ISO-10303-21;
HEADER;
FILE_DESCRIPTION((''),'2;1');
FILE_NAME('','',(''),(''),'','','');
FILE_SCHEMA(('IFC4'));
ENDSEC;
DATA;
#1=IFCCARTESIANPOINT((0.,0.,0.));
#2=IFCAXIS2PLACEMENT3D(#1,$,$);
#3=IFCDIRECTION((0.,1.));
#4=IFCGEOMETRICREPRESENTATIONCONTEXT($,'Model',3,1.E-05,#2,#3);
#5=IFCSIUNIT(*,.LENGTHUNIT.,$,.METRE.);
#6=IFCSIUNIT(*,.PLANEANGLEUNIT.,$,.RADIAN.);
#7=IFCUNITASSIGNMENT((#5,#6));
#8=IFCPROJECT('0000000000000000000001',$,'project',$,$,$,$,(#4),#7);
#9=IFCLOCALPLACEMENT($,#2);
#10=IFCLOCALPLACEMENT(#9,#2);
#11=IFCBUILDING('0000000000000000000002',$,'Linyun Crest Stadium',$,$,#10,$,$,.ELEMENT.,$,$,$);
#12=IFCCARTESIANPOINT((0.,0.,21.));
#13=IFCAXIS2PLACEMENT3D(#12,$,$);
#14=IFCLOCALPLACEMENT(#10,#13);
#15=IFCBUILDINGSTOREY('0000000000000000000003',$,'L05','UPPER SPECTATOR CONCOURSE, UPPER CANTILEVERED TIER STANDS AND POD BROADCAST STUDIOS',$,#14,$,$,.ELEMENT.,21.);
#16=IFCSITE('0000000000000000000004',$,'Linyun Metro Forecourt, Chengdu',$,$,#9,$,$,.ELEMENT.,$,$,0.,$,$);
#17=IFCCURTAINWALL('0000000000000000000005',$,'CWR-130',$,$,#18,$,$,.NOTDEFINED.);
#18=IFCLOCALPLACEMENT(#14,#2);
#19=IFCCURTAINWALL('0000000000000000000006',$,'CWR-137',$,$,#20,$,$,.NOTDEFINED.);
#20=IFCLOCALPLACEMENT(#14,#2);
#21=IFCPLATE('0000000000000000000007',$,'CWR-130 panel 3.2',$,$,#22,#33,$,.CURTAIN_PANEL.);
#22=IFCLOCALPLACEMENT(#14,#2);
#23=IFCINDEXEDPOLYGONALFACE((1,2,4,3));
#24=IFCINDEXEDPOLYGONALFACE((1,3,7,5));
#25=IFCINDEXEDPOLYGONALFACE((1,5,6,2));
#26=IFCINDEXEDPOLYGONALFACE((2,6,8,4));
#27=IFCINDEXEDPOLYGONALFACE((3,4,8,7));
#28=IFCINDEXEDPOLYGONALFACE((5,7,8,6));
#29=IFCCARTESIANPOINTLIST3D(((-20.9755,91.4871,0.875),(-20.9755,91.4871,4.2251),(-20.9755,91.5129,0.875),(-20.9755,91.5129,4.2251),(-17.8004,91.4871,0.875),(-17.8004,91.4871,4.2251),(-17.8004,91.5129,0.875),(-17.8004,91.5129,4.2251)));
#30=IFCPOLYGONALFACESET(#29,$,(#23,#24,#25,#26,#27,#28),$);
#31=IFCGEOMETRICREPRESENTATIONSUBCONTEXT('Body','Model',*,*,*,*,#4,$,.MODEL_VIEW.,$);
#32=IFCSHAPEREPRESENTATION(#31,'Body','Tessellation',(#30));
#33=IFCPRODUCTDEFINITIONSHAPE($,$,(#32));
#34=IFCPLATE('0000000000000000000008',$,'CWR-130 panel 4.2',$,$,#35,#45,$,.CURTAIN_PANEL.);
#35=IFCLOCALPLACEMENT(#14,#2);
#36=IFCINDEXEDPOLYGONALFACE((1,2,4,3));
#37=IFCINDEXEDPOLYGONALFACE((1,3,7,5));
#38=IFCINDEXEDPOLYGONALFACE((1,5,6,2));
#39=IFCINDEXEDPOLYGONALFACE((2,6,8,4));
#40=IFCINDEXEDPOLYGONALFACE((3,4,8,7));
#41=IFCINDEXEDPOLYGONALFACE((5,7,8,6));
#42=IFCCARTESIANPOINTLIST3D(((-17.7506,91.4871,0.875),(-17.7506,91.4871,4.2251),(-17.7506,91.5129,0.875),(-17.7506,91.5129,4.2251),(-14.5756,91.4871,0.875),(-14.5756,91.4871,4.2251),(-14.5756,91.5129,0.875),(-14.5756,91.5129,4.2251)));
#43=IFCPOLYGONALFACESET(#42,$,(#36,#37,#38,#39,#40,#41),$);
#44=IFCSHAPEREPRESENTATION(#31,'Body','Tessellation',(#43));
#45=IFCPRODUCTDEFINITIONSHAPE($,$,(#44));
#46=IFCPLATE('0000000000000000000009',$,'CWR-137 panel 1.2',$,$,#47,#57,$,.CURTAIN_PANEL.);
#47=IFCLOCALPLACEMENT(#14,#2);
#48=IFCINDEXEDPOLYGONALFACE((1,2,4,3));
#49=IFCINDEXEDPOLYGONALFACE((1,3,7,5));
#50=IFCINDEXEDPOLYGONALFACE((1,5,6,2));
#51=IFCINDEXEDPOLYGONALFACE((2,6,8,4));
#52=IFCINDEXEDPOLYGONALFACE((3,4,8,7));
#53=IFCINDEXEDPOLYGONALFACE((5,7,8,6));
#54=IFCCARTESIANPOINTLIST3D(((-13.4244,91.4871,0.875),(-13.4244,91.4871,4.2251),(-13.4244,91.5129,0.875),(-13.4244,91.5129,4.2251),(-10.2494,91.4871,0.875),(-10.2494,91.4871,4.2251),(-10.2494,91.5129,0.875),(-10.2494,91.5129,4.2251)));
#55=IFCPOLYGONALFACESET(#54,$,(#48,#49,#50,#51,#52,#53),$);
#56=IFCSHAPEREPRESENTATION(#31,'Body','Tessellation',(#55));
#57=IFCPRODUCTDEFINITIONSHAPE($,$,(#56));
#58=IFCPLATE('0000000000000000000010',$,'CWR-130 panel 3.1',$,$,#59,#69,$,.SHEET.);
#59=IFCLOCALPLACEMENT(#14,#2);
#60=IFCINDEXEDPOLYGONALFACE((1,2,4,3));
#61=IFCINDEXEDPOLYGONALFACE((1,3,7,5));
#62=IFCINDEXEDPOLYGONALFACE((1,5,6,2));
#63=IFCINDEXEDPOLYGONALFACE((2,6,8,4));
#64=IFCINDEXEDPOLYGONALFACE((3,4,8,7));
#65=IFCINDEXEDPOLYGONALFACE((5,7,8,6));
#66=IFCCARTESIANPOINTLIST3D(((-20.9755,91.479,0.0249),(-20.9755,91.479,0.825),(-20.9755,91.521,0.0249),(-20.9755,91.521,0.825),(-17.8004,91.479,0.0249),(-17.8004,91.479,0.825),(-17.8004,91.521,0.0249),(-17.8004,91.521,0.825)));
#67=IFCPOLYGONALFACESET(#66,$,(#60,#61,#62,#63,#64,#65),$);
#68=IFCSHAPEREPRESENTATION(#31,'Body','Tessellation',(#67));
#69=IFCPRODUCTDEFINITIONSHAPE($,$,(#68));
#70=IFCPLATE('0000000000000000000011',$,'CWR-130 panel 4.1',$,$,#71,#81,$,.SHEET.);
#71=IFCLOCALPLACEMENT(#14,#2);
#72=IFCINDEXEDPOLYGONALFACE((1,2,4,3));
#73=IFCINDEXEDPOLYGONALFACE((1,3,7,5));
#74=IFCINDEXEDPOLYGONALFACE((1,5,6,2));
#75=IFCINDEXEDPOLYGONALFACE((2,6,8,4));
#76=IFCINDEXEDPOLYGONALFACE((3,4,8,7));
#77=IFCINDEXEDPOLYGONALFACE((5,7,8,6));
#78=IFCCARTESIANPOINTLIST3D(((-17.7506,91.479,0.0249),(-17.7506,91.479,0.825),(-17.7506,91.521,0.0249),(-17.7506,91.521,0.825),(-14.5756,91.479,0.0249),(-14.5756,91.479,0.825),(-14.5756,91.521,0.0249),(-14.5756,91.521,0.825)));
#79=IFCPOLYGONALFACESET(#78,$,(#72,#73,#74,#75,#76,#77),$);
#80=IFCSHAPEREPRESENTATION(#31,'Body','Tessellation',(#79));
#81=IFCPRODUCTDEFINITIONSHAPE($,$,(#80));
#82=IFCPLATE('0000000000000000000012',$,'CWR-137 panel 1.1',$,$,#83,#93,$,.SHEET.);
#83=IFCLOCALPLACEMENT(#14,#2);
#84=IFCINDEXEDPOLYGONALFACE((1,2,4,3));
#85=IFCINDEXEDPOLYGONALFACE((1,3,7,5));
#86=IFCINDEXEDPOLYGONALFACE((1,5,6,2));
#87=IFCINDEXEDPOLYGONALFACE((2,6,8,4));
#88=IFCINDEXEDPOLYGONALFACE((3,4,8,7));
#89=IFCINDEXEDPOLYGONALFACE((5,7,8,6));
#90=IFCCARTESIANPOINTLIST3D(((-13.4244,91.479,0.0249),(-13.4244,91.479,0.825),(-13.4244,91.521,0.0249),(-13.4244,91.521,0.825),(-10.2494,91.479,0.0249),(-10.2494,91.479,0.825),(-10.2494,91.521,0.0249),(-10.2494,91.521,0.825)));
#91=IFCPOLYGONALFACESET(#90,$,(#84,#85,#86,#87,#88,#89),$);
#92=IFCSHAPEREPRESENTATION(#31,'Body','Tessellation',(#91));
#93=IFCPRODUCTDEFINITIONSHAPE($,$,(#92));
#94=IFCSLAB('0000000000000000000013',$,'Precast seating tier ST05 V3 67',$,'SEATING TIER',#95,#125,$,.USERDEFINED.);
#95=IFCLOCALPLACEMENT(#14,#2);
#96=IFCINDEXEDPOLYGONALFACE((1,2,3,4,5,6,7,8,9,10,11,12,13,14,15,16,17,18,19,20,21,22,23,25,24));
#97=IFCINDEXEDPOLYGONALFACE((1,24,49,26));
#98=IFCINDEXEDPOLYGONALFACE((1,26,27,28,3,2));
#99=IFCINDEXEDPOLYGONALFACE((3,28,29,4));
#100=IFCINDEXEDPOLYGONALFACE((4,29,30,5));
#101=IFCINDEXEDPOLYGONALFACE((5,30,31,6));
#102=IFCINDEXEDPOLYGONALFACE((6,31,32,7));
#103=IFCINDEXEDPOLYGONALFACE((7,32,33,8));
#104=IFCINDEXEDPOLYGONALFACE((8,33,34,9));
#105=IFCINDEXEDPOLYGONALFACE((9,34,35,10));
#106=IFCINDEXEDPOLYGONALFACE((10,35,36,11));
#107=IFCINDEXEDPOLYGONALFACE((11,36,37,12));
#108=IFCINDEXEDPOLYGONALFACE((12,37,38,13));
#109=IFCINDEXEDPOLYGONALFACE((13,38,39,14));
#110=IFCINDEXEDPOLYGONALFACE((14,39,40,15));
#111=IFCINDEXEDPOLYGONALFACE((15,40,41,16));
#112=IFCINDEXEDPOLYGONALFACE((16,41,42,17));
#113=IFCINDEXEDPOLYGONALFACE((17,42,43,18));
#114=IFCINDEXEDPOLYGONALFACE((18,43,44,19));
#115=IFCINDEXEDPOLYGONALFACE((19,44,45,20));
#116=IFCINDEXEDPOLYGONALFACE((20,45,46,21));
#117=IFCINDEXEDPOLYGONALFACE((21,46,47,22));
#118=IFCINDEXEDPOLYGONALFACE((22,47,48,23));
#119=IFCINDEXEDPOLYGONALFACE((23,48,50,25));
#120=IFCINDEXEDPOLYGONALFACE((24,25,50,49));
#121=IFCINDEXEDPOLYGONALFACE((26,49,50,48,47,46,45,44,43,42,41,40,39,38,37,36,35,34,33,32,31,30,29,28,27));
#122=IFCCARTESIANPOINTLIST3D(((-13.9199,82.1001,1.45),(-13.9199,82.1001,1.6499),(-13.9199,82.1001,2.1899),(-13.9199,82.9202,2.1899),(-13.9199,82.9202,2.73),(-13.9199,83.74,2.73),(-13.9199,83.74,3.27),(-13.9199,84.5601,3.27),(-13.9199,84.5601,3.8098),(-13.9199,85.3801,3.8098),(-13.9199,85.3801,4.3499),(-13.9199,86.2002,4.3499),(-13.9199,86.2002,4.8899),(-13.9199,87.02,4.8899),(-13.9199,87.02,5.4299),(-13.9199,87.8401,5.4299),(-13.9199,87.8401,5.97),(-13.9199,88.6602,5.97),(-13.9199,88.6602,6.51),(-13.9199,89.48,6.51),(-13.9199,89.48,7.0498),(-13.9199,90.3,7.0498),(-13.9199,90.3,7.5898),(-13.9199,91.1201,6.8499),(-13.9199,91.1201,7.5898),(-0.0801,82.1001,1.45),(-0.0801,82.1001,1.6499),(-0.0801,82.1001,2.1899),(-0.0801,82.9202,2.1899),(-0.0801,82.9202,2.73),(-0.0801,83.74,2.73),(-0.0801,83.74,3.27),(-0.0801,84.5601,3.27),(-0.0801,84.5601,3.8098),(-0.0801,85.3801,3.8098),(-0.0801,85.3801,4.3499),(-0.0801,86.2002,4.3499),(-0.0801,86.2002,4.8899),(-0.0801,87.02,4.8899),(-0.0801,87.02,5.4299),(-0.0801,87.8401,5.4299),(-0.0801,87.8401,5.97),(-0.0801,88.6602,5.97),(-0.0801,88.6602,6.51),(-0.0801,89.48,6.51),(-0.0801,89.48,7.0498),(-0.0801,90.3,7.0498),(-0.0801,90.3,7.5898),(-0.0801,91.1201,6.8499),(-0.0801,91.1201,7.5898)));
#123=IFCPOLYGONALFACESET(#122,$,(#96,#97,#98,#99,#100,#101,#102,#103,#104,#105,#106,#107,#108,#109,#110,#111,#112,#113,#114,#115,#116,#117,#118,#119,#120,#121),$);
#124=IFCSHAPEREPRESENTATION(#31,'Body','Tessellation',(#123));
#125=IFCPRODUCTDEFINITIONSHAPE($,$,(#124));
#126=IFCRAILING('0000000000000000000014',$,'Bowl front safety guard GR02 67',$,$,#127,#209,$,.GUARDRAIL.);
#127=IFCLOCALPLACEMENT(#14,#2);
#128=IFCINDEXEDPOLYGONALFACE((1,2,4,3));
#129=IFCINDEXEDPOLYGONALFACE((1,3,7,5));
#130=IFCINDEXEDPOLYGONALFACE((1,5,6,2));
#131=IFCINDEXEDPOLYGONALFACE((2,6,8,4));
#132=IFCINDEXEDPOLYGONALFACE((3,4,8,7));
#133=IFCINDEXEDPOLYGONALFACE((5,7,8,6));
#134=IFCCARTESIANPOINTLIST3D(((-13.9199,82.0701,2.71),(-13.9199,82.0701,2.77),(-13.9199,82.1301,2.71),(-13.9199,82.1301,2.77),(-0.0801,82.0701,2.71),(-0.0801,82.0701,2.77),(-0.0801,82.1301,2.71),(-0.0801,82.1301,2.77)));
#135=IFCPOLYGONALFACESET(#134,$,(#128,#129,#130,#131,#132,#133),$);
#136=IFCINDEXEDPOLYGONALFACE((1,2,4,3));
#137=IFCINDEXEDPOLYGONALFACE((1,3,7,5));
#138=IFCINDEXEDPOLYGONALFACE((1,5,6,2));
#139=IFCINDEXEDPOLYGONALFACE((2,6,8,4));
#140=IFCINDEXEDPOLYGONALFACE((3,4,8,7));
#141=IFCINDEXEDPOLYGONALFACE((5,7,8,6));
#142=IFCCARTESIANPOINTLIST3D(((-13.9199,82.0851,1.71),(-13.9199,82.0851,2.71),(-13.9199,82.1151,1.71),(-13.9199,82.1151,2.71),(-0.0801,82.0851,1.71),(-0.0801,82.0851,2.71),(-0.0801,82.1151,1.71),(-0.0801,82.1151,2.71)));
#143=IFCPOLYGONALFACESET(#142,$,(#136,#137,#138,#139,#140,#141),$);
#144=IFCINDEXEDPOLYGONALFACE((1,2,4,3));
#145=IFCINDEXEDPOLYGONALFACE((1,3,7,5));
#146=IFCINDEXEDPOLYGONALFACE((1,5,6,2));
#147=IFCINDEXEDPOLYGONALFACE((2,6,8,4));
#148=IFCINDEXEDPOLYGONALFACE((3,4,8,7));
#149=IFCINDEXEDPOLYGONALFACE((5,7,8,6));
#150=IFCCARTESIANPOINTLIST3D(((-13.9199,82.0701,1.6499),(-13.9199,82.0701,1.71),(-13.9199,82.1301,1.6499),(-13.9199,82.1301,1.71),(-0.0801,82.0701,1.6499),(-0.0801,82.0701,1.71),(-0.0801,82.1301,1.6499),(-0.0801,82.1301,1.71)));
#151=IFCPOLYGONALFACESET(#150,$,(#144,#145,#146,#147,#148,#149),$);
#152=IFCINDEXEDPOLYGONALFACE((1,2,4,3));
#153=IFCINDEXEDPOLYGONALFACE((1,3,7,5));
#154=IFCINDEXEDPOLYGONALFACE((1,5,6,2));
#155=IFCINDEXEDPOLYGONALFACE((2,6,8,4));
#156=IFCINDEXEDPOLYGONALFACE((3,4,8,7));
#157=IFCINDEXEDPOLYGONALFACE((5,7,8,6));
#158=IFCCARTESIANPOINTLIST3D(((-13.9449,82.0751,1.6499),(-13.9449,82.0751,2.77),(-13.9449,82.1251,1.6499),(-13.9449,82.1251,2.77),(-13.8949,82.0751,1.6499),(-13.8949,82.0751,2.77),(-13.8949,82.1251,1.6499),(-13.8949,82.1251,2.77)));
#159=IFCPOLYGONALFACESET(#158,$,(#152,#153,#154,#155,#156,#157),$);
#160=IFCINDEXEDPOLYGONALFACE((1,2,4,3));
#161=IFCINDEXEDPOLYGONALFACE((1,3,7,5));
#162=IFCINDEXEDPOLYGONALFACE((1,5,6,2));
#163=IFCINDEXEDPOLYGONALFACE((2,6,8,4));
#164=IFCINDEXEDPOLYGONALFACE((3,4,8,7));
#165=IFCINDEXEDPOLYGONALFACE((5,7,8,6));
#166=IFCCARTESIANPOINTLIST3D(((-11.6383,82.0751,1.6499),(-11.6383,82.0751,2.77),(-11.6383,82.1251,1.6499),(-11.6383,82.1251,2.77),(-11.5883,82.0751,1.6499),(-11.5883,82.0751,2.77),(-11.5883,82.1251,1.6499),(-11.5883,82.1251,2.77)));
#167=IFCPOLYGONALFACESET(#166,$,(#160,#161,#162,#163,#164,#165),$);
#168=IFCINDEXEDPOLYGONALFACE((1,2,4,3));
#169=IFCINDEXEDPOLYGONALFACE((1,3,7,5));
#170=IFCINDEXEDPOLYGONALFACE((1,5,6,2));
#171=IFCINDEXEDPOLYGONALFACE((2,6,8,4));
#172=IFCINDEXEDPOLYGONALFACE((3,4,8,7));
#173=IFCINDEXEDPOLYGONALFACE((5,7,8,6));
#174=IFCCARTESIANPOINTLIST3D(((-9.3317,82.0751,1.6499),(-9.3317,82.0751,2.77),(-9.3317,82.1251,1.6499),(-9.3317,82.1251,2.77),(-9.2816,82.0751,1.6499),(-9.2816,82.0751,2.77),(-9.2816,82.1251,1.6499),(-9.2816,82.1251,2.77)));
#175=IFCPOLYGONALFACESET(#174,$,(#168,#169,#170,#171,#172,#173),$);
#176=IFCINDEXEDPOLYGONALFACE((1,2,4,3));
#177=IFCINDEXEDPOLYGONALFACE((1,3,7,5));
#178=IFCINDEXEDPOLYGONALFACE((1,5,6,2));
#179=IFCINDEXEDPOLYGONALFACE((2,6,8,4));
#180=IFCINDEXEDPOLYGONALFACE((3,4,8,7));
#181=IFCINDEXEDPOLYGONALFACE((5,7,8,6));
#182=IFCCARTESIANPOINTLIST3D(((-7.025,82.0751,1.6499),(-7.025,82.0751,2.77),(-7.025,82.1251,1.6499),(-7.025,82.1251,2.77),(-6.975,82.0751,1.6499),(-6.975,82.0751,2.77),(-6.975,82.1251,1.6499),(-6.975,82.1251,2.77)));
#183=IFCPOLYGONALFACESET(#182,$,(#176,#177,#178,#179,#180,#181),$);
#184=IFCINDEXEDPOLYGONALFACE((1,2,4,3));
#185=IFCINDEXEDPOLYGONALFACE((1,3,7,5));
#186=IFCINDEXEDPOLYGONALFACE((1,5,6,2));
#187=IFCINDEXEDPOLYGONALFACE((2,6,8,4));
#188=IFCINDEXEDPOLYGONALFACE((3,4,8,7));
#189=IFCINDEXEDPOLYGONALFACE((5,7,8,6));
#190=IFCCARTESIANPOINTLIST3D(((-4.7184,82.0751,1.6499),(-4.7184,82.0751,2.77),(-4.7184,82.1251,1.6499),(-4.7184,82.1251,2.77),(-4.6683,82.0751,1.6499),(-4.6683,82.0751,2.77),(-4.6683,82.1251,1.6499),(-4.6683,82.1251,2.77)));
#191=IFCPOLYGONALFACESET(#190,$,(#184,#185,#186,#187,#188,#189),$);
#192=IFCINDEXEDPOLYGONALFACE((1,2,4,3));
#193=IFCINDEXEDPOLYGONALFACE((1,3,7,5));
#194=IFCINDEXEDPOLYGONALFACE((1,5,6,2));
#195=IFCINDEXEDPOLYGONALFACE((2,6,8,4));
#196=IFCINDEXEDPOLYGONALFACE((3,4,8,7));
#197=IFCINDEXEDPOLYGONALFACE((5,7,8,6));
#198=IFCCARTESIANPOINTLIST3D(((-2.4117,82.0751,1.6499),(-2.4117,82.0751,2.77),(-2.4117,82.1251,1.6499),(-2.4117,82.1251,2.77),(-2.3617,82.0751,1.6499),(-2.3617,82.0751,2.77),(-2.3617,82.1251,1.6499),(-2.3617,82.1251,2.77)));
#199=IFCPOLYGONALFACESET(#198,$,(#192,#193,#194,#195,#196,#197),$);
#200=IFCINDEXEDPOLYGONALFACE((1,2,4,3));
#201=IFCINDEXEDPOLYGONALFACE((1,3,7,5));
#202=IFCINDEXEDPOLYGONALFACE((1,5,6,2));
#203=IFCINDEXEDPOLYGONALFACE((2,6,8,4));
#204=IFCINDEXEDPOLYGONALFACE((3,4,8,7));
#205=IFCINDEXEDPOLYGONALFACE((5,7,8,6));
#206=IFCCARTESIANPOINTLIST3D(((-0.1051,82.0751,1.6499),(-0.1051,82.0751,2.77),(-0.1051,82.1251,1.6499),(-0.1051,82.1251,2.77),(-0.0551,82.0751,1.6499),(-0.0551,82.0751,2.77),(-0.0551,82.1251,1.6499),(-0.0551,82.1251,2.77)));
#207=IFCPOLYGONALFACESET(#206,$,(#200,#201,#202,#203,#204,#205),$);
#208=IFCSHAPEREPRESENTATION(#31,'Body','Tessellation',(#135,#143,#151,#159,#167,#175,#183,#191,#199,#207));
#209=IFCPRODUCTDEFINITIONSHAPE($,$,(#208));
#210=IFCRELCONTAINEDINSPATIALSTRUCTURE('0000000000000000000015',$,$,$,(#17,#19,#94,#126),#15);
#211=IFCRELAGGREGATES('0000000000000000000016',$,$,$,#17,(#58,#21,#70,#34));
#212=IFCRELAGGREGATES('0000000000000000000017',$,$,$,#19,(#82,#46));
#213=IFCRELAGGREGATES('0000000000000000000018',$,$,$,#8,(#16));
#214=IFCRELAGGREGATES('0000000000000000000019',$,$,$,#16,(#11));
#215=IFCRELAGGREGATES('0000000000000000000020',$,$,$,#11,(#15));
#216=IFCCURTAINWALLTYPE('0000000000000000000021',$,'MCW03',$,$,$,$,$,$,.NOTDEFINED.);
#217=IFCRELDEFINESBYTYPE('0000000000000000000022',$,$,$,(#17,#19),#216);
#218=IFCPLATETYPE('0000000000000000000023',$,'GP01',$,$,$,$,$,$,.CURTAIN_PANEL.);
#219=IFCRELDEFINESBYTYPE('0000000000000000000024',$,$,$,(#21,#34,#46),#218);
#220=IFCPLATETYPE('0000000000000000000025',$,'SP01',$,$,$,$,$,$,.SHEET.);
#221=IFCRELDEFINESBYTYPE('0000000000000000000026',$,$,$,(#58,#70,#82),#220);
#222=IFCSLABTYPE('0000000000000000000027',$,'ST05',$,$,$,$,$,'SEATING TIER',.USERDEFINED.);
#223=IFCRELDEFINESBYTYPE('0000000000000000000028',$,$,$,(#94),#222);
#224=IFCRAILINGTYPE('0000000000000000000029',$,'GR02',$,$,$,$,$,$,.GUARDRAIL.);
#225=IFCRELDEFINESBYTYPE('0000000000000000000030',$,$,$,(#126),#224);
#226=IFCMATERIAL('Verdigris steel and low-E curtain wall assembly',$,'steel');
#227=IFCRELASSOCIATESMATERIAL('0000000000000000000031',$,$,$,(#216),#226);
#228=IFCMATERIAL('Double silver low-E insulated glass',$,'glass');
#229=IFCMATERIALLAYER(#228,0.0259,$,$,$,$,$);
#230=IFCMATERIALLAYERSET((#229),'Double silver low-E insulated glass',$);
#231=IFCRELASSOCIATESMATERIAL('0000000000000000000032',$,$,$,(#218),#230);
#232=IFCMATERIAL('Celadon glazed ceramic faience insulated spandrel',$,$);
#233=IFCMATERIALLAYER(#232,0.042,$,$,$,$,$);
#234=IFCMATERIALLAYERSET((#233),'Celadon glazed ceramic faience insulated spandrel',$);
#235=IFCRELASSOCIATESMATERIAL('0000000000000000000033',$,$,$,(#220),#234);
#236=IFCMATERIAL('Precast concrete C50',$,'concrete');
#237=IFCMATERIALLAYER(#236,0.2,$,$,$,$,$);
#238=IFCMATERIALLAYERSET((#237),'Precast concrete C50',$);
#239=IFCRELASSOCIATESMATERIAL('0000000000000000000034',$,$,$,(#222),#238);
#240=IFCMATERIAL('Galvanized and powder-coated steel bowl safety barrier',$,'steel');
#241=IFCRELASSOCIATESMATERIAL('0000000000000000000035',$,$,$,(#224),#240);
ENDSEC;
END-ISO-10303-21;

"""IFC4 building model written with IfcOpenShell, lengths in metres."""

from ifc_helpers import new_model, si_unit, direction, frame, origin, origin_2d, place, context, subcontext, project, spatial, polyline, rectangle, outline, extrude, material, layer, layer_set, type_object, element, aggregate, save


model = new_model("IFC4")

# Units and contexts
model_context = context("Model", 3, precision=1e-05, world=origin(), true_north=direction((0.0, 1.0)))
body_context = subcontext(model_context, "Body", "Model", "MODEL_VIEW")
ifc_project = project(units=[si_unit("LENGTHUNIT", "METRE"), si_unit("PLANEANGLEUNIT", "RADIAN")], contexts=[model_context])

# Site, building, storey
site_placement = place(None, origin())
site = spatial("IfcSite", under=ifc_project, at=site_placement, Name="Linyun Metro Forecourt, Chengdu", CompositionType="ELEMENT", RefElevation=0.0)
building_placement = place(site_placement, origin())
building = spatial("IfcBuilding", under=site, at=building_placement, Name="Linyun Crest Stadium", CompositionType="ELEMENT")
storey_placement = place(building_placement, frame((0.0, 0.0, 21.0)))
storey = spatial("IfcBuildingStorey", under=building, at=storey_placement, Name="L05", Description="UPPER SPECTATOR CONCOURSE, UPPER CANTILEVERED TIER STANDS AND POD BROADCAST STUDIOS", CompositionType="ELEMENT", Elevation=21.0)

# Curtain wall
ifc_material_1 = material(Name="Verdigris steel and low-E curtain wall assembly", Category="steel")
curtain_wall_type = type_object("IfcCurtainWallType", Name="MCW03", PredefinedType="NOTDEFINED", material=ifc_material_1)
curtain_wall_1_placement = place(storey_placement, origin())
curtain_wall_1 = element("IfcCurtainWall", 1, at=curtain_wall_1_placement, inside=storey, type_object=curtain_wall_type, Name="CWR-130", PredefinedType="NOTDEFINED")

# Curtain wall
curtain_wall_2_placement = place(storey_placement, origin())
curtain_wall_2 = element("IfcCurtainWall", 2, at=curtain_wall_2_placement, inside=storey, type_object=curtain_wall_type, Name="CWR-137", PredefinedType="NOTDEFINED")

# Plates
ifc_material_2 = material(Name="Double silver low-E insulated glass", Category="glass")
ifc_layer_1 = layer(ifc_material_2, 0.0259)
ifc_layer_set_1 = layer_set([ifc_layer_1], Name="Double silver low-E insulated glass")
plate_type_1 = type_object("IfcPlateType", Name="GP01", PredefinedType="CURTAIN_PANEL", material=ifc_layer_set_1)
plate_1_placement = place(storey_placement, frame((-19.3879, 91.5, 0.875), z_axis=(0.0, 0.0, 1.0), x_axis=(1.0, 0.0, 0.0)))
plate_1 = element("IfcPlate", 3, at=plate_1_placement, type_object=plate_type_1, Name="CWR-130 panel 3.2", PredefinedType="CURTAIN_PANEL", context=body_context, shape_type="SweptSolid", body=[
    extrude(rectangle(XDim=3.175, YDim=0.0259, at=origin_2d()), origin(), (0.0, 0.0, 1.0), 3.3501),
])
plate_2_placement = place(storey_placement, frame((-16.1631, 91.5, 0.875), z_axis=(0.0, 0.0, 1.0), x_axis=(1.0, 0.0, 0.0)))
plate_2 = element("IfcPlate", 4, at=plate_2_placement, type_object=plate_type_1, Name="CWR-130 panel 4.2", PredefinedType="CURTAIN_PANEL", context=body_context, shape_type="SweptSolid", body=[
    extrude(rectangle(XDim=3.175, YDim=0.0259, at=origin_2d()), origin(), (0.0, 0.0, 1.0), 3.3501),
])
plate_3_placement = place(storey_placement, frame((-11.8369, 91.5, 0.875), z_axis=(0.0, 0.0, 1.0), x_axis=(1.0, 0.0, 0.0)))
plate_3 = element("IfcPlate", 5, at=plate_3_placement, type_object=plate_type_1, Name="CWR-137 panel 1.2", PredefinedType="CURTAIN_PANEL", context=body_context, shape_type="SweptSolid", body=[
    extrude(rectangle(XDim=3.175, YDim=0.0259, at=origin_2d()), origin(), (0.0, 0.0, 1.0), 3.3501),
])
ifc_material_3 = material(Name="Celadon glazed ceramic faience insulated spandrel")
ifc_layer_2 = layer(ifc_material_3, 0.042)
ifc_layer_set_2 = layer_set([ifc_layer_2], Name="Celadon glazed ceramic faience insulated spandrel")
plate_type_2 = type_object("IfcPlateType", Name="SP01", PredefinedType="SHEET", material=ifc_layer_set_2)
plate_4_placement = place(storey_placement, frame((-19.3879, 91.5, 0.0249), z_axis=(0.0, 0.0, 1.0), x_axis=(1.0, 0.0, 0.0)))
plate_4 = element("IfcPlate", 6, at=plate_4_placement, type_object=plate_type_2, Name="CWR-130 panel 3.1", PredefinedType="SHEET", context=body_context, shape_type="SweptSolid", body=[
    extrude(rectangle(XDim=3.175, YDim=0.042, at=origin_2d()), origin(), (0.0, 0.0, 1.0), 0.8),
])
plate_5_placement = place(storey_placement, frame((-16.1631, 91.5, 0.0249), z_axis=(0.0, 0.0, 1.0), x_axis=(1.0, 0.0, 0.0)))
plate_5 = element("IfcPlate", 7, at=plate_5_placement, type_object=plate_type_2, Name="CWR-130 panel 4.1", PredefinedType="SHEET", context=body_context, shape_type="SweptSolid", body=[
    extrude(rectangle(XDim=3.175, YDim=0.042, at=origin_2d()), origin(), (0.0, 0.0, 1.0), 0.8),
])
aggregate(curtain_wall_1, [plate_4, plate_1, plate_5, plate_2])
plate_6_placement = place(storey_placement, frame((-11.8369, 91.5, 0.0249), z_axis=(0.0, 0.0, 1.0), x_axis=(1.0, 0.0, 0.0)))
plate_6 = element("IfcPlate", 8, at=plate_6_placement, type_object=plate_type_2, Name="CWR-137 panel 1.1", PredefinedType="SHEET", context=body_context, shape_type="SweptSolid", body=[
    extrude(rectangle(XDim=3.175, YDim=0.042, at=origin_2d()), origin(), (0.0, 0.0, 1.0), 0.8),
])
aggregate(curtain_wall_2, [plate_6, plate_3])

# Slab
ifc_material_4 = material(Name="Precast concrete C50", Category="concrete")
ifc_layer_3 = layer(ifc_material_4, 0.2)
ifc_layer_set_3 = layer_set([ifc_layer_3], Name="Precast concrete C50")
slab_type = type_object("IfcSlabType", Name="ST05", ElementType="SEATING TIER", PredefinedType="USERDEFINED", material=ifc_layer_set_3)
slab_placement = place(storey_placement, frame((-13.9199, 82.1001, 1.6499), z_axis=(0.0, 0.0, 1.0), x_axis=(0.0, 1.0, 0.0)))
element("IfcSlab", 9, at=slab_placement, inside=storey, type_object=slab_type, Name="Precast seating tier ST05 V3 67", ObjectType="SEATING TIER", PredefinedType="USERDEFINED", context=body_context, shape_type="SweptSolid", body=[
    extrude(outline(polyline([(0.0, 0.0), (0.0, 0.54), (0.8201, 0.54), (0.8201, 1.0801), (1.6399, 1.0801), (1.6399, 1.6201), (2.46, 1.6201), (2.46, 2.1599), (3.28, 2.1599), (3.28, 2.7), (4.1001, 2.7), (4.1001, 3.24), (4.9199, 3.24), (4.9199, 3.78), (5.74, 3.78), (5.74, 4.3201), (6.5601, 4.3201), (6.5601, 4.8601), (7.3799, 4.8601), (7.3799, 5.3999), (8.2, 5.3999), (8.2, 5.9399), (9.02, 5.9399), (9.02, 5.2), (0.0, -0.2), (0.0, 0.0)])), frame((0.0, 0.0, 0.0), z_axis=(0.0, -1.0, 0.0), x_axis=(1.0, 0.0, 0.0)), (0.0, 0.0, 1.0), 13.8398),
])

# Railing
ifc_material_5 = material(Name="Galvanized and powder-coated steel bowl safety barrier", Category="steel")
railing_type = type_object("IfcRailingType", Name="GR02", PredefinedType="GUARDRAIL", material=ifc_material_5)
railing_1_placement = place(storey_placement, frame((-13.9199, 82.1001, 1.6499)))
element("IfcRailing", 10, at=railing_1_placement, inside=storey, type_object=railing_type, Name="Bowl front safety guard GR02 67", PredefinedType="GUARDRAIL", context=body_context, shape_type="SweptSolid", body=[
    extrude(rectangle(XDim=0.0601, YDim=0.0601, at=origin_2d()), frame((0.0, 0.0, 1.0901), z_axis=(1.0, 0.0, 0.0), x_axis=(0.0, 1.0, 0.0)), (0.0, 0.0, 1.0), 13.8398),
    extrude(rectangle(XDim=0.03, YDim=1.0, at=origin_2d()), frame((0.0, 0.0, 0.5601), z_axis=(1.0, 0.0, 0.0), x_axis=(0.0, 1.0, 0.0)), (0.0, 0.0, 1.0), 13.8398),
    extrude(rectangle(XDim=0.0601, YDim=0.0601, at=origin_2d()), frame((0.0, 0.0, 0.03), z_axis=(1.0, 0.0, 0.0), x_axis=(0.0, 1.0, 0.0)), (0.0, 0.0, 1.0), 13.8398),
    extrude(rectangle(XDim=0.05, YDim=0.05, at=origin_2d()), origin(), (0.0, 0.0, 1.0), 1.1201),
    extrude(rectangle(XDim=0.05, YDim=0.05, at=origin_2d()), frame((2.3066, 0.0, 0.0)), (0.0, 0.0, 1.0), 1.1201),
    extrude(rectangle(XDim=0.05, YDim=0.05, at=origin_2d()), frame((4.6133, 0.0, 0.0)), (0.0, 0.0, 1.0), 1.1201),
    extrude(rectangle(XDim=0.05, YDim=0.05, at=origin_2d()), frame((6.9199, 0.0, 0.0)), (0.0, 0.0, 1.0), 1.1201),
    extrude(rectangle(XDim=0.05, YDim=0.05, at=origin_2d()), frame((9.2266, 0.0, 0.0)), (0.0, 0.0, 1.0), 1.1201),
    extrude(rectangle(XDim=0.05, YDim=0.05, at=origin_2d()), frame((11.5332, 0.0, 0.0)), (0.0, 0.0, 1.0), 1.1201),
    extrude(rectangle(XDim=0.05, YDim=0.05, at=origin_2d()), frame((13.8398, 0.0, 0.0)), (0.0, 0.0, 1.0), 1.1201),
])

save(model, "model.ifc")
